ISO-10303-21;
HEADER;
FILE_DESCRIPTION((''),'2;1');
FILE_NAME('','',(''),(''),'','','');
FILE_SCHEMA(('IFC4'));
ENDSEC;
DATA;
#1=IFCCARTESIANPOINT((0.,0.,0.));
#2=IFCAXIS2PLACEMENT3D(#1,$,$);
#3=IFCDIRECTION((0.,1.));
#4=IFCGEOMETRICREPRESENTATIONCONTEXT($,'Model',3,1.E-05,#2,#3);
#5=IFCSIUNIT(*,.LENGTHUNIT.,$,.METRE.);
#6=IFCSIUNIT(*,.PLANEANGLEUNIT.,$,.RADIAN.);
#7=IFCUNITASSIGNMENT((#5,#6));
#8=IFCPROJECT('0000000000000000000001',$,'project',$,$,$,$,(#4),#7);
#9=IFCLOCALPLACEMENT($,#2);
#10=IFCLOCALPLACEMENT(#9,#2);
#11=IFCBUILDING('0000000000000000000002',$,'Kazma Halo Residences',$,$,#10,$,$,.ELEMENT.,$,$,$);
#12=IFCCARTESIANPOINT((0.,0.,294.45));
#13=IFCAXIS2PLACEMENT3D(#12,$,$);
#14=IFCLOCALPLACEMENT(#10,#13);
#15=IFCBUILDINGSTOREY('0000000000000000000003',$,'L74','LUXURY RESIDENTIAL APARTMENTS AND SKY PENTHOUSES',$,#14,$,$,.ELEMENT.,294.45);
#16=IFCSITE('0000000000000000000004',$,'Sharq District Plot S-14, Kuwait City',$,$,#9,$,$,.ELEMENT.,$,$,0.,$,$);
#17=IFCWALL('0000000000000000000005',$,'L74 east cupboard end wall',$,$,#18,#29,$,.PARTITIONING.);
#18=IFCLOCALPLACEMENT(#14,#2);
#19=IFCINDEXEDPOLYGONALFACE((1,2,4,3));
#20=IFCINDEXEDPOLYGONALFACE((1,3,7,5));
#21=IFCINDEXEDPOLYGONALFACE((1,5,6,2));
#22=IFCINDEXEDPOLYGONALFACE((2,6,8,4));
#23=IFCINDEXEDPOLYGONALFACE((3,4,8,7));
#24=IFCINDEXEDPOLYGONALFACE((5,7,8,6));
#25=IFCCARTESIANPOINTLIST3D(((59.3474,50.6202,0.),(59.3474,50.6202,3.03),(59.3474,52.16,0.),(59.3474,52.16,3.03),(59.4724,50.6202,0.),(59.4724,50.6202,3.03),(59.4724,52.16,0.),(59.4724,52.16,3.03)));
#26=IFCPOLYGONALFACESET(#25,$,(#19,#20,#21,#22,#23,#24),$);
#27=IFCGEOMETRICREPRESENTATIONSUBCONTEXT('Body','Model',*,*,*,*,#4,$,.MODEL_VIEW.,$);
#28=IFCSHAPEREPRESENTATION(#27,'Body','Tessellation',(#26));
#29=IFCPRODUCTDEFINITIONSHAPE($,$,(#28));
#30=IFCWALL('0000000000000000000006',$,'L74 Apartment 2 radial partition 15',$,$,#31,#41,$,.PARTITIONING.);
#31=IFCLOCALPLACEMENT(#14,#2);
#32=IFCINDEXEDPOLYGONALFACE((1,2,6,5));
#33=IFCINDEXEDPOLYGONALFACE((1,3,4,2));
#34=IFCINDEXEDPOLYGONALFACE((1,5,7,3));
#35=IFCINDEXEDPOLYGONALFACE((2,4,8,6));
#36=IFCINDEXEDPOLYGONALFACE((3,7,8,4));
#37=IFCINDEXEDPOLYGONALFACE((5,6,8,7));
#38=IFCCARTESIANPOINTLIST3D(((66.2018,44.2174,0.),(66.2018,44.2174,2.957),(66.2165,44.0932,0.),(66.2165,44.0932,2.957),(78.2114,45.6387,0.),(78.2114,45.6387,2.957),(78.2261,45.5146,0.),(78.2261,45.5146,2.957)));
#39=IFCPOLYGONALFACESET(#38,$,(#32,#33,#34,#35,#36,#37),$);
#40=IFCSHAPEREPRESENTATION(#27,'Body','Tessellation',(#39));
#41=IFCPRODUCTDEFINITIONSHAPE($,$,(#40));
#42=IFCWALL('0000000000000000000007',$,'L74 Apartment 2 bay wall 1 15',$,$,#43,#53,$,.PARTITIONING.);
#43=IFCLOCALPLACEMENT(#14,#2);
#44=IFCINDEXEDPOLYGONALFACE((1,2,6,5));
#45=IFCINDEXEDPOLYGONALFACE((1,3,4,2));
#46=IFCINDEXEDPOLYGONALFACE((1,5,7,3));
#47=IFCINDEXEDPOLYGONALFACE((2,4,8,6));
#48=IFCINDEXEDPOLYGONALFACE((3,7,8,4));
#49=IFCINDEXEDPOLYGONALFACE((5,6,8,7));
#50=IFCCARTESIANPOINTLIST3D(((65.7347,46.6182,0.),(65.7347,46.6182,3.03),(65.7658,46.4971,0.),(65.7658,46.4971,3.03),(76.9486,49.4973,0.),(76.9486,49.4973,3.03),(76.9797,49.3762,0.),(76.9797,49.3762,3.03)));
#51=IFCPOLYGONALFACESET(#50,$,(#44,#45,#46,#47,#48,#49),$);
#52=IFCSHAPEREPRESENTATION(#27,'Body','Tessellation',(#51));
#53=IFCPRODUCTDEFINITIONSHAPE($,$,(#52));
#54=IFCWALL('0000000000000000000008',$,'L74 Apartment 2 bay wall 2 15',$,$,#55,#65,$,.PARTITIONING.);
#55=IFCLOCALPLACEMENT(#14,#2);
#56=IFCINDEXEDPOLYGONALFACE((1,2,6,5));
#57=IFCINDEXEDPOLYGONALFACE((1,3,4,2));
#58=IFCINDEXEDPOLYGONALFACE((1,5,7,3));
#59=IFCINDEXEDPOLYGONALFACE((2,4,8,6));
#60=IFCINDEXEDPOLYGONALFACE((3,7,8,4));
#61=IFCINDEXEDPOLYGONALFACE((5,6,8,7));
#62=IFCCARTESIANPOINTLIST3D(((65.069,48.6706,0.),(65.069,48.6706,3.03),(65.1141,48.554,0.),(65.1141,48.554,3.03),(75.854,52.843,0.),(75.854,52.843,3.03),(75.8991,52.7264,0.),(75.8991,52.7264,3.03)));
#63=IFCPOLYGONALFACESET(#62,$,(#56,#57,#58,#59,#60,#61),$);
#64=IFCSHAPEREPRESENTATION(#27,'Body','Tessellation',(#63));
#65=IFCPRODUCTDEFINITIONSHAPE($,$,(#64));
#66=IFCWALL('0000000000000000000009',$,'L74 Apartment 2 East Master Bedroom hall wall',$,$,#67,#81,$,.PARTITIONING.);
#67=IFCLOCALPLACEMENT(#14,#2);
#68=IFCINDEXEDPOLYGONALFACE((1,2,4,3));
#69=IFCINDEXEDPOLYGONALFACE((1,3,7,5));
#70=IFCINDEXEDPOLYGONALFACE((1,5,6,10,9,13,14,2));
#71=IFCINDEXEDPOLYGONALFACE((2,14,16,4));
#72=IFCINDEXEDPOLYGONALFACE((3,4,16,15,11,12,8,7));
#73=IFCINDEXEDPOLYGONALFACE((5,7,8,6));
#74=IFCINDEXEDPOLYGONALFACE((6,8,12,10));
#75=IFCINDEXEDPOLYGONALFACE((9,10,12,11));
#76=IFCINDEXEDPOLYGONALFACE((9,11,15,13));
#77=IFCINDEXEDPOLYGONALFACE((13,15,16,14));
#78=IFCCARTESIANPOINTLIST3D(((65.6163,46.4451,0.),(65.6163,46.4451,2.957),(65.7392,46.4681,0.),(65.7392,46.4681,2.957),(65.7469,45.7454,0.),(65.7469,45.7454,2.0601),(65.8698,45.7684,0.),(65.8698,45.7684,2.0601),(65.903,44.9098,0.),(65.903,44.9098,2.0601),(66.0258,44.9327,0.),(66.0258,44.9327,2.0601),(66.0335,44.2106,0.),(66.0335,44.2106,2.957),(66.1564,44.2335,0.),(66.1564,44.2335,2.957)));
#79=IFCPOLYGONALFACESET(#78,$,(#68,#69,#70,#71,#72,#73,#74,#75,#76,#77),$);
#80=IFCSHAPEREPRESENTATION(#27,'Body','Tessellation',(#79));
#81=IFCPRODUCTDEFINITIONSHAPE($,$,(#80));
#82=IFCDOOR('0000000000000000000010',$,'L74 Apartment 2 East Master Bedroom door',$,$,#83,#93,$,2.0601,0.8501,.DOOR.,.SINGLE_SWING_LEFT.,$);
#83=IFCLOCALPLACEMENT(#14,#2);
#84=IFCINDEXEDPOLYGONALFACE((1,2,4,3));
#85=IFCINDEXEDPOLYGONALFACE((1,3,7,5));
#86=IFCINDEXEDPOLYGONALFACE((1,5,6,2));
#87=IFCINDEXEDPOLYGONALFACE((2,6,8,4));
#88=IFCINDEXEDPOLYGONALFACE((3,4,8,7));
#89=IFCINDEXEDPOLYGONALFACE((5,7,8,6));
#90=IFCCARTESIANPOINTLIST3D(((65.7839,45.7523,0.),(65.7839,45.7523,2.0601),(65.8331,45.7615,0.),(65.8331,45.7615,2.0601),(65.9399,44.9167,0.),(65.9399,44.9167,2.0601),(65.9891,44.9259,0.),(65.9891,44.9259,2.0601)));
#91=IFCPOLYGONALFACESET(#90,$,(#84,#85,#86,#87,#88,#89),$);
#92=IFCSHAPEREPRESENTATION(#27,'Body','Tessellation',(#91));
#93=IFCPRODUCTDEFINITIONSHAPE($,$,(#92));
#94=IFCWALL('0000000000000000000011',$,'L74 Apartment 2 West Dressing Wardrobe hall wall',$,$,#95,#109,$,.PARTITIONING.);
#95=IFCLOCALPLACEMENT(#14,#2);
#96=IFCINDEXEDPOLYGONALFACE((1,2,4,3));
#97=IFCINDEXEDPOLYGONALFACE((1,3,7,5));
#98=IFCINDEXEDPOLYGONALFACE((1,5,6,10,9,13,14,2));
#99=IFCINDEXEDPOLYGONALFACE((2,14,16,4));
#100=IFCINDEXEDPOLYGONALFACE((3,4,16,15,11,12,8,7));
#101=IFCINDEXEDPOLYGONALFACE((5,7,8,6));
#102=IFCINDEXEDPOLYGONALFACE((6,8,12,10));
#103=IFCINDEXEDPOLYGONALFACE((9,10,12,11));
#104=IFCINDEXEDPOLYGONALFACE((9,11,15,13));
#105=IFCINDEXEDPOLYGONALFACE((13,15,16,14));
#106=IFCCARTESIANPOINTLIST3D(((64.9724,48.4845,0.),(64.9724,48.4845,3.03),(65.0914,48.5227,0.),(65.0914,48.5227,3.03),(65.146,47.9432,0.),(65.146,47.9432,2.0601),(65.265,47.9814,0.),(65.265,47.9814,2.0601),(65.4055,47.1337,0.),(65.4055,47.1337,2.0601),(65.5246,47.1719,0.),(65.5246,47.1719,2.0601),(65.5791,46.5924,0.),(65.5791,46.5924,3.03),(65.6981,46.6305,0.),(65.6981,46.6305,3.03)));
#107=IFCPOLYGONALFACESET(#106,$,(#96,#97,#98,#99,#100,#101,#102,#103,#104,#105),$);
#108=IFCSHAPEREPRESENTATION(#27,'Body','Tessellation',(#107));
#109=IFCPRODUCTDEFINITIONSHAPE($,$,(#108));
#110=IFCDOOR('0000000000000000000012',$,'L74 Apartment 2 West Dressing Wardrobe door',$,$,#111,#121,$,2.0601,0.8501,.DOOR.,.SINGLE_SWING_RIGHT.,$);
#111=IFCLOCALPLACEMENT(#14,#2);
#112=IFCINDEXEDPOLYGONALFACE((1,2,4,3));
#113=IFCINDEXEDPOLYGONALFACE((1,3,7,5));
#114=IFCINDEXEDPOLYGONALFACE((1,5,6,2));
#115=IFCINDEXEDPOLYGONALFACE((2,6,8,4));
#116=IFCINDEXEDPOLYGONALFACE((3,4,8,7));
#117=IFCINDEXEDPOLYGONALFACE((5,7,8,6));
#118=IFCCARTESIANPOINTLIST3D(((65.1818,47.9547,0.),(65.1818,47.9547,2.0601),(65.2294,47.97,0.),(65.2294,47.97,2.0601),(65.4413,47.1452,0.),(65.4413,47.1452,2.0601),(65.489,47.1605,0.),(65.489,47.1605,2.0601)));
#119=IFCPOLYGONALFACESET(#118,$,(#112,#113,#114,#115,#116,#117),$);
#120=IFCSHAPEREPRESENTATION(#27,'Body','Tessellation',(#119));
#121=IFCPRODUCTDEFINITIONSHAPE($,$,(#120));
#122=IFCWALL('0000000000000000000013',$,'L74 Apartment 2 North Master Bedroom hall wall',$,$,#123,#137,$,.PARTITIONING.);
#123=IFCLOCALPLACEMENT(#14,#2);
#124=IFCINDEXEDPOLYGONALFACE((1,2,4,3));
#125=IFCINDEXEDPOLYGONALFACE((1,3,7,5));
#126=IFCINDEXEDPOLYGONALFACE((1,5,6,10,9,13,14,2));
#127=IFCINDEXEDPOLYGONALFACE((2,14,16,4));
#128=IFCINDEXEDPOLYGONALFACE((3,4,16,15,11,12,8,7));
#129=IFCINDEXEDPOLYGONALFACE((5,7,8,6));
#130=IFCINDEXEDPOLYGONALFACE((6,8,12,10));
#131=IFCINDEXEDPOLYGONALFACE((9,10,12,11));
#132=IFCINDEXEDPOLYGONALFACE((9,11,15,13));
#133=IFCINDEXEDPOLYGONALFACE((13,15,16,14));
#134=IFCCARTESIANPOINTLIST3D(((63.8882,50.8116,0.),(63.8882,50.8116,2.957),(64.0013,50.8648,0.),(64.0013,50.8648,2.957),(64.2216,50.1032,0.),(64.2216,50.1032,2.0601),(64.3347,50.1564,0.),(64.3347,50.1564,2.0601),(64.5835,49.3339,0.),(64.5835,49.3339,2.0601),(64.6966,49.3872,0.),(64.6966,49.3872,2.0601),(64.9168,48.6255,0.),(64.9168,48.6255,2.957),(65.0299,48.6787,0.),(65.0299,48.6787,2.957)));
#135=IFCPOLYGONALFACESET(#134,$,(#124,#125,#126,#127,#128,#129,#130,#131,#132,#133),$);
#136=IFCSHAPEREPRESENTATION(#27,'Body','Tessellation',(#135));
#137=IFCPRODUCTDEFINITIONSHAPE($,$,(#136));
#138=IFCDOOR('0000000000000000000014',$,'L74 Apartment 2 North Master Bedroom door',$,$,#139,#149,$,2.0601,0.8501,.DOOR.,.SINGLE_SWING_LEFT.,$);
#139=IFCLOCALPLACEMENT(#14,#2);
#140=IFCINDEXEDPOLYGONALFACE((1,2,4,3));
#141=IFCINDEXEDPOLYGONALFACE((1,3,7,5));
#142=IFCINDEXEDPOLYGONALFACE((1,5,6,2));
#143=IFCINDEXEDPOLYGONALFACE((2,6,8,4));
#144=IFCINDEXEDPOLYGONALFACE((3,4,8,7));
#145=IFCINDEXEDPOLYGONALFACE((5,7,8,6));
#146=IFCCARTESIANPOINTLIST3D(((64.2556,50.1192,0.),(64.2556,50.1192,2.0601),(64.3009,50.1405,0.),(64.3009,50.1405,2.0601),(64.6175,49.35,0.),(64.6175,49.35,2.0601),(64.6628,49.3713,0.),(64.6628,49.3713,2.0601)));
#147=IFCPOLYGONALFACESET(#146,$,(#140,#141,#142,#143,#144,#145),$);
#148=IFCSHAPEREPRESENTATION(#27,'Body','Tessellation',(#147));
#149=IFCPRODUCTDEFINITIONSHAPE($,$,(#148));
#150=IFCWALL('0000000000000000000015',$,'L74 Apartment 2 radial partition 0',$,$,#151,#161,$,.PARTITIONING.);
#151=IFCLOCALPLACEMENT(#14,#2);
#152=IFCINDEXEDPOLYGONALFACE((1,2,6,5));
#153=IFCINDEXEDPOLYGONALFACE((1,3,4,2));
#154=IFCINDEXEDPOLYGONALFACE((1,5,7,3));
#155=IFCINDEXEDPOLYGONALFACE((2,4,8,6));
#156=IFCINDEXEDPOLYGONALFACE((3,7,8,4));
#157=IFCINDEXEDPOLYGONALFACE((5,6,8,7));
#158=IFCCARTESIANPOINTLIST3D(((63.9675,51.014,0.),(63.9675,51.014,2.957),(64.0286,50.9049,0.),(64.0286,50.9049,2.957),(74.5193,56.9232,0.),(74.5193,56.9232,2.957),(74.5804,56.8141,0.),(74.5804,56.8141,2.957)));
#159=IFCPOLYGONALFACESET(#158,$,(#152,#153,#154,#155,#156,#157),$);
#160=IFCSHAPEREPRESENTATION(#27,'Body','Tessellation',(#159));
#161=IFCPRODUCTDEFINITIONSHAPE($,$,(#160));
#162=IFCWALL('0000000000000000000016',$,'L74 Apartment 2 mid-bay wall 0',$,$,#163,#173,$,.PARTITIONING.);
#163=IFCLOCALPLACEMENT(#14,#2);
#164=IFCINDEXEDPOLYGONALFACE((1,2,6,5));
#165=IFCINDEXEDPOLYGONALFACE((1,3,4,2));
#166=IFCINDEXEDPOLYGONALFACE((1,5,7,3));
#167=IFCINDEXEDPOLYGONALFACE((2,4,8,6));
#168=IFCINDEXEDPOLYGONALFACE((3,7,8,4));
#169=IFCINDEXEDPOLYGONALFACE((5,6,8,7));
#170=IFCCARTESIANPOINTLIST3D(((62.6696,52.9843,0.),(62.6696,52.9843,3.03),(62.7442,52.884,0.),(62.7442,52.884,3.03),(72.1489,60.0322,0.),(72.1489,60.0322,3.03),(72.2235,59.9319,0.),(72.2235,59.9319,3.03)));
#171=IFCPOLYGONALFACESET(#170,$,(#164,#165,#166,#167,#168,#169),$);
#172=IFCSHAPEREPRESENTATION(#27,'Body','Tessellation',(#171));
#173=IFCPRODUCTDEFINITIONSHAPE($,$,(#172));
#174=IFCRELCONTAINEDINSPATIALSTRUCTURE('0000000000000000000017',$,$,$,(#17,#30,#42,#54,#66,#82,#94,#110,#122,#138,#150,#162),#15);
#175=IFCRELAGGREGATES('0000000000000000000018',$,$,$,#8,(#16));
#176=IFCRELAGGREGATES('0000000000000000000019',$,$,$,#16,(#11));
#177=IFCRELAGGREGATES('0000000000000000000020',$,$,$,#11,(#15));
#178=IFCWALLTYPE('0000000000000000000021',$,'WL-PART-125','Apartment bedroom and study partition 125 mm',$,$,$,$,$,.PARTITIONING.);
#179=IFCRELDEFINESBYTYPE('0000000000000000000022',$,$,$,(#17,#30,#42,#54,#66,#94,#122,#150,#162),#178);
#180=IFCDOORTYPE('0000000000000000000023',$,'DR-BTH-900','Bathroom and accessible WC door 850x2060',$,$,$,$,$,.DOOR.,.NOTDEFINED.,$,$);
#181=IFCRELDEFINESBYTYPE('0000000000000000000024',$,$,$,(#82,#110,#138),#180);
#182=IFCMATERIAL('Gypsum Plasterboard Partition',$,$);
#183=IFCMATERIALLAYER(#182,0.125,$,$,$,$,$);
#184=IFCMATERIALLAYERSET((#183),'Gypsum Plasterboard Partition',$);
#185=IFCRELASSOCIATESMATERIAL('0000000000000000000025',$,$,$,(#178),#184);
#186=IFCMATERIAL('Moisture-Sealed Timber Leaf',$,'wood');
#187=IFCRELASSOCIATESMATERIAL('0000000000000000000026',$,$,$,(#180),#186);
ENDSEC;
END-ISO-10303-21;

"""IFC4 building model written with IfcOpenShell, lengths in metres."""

from ifc_helpers import new_model, si_unit, direction, frame, frame_2d, origin, place, context, subcontext, project, spatial, rectangle, extrude, material, layer, layer_set, type_object, element, fill, save


model = new_model("IFC4")

# Units and contexts
model_context = context("Model", 3, precision=1e-05, world=origin(), true_north=direction((0.0, 1.0)))
body_context = subcontext(model_context, "Body", "Model", "MODEL_VIEW")
ifc_project = project(units=[si_unit("LENGTHUNIT", "METRE"), si_unit("PLANEANGLEUNIT", "RADIAN")], contexts=[model_context])

# Site, building, storey
site_placement = place(None, origin())
site = spatial("IfcSite", under=ifc_project, at=site_placement, Name="Sharq District Plot S-14, Kuwait City", CompositionType="ELEMENT", RefElevation=0.0)
building_placement = place(site_placement, origin())
building = spatial("IfcBuilding", under=site, at=building_placement, Name="Kazma Halo Residences", CompositionType="ELEMENT")
storey_placement = place(building_placement, frame((0.0, 0.0, 294.45)))
storey = spatial("IfcBuildingStorey", under=building, at=storey_placement, Name="L74", Description="LUXURY RESIDENTIAL APARTMENTS AND SKY PENTHOUSES", CompositionType="ELEMENT", Elevation=294.45)

# Walls
ifc_material_1 = material(Name="Gypsum Plasterboard Partition")
ifc_layer_1 = layer(ifc_material_1, 0.125)
ifc_layer_set_1 = layer_set([ifc_layer_1], Name="Gypsum Plasterboard Partition")
wall_type_1 = type_object("IfcWallType", Name="WL-PART-125", Description="Apartment bedroom and study partition 125 mm", PredefinedType="PARTITIONING", material=ifc_layer_set_1)
wall_1_placement = place(storey_placement, frame((59.4099, 50.6201, 0.0), z_axis=(0.0, 0.0, 1.0), x_axis=(0.0, 1.0, 0.0)))
element("IfcWall", 1, at=wall_1_placement, inside=storey, type_object=wall_type_1, Name="L74 east cupboard end wall", PredefinedType="PARTITIONING", context=body_context, shape_type="SweptSolid", body=[
    extrude(rectangle(XDim=1.5398, YDim=0.125, at=frame_2d((0.77, 0.0))), origin(), (0.0, 0.0, 1.0), 3.03),
])
wall_2_placement = place(storey_placement, frame((66.209, 44.1553, 0.0), z_axis=(0.0, 0.0, 1.0), x_axis=(0.993069, 0.117532, 0.0)))
element("IfcWall", 2, at=wall_2_placement, inside=storey, type_object=wall_type_1, Name="L74 Apartment 2 radial partition 15", PredefinedType="PARTITIONING", context=body_context, shape_type="SweptSolid", body=[
    extrude(rectangle(XDim=12.0935, YDim=0.125, at=frame_2d((6.0469, 0.0))), origin(), (0.0, 0.0, 1.0), 2.957),
])
wall_3_placement = place(storey_placement, frame((65.7502, 46.5576, 0.0), z_axis=(0.0, 0.0, 1.0), x_axis=(0.968585, 0.248683, 0.0)))
element("IfcWall", 3, at=wall_3_placement, inside=storey, type_object=wall_type_1, Name="L74 Apartment 2 bay wall 1 15", PredefinedType="PARTITIONING", context=body_context, shape_type="SweptSolid", body=[
    extrude(rectangle(XDim=11.5776, YDim=0.125, at=frame_2d((5.7888, 0.0))), origin(), (0.0, 0.0, 1.0), 3.03),
])
wall_4_placement = place(storey_placement, frame((65.0916, 48.6123, 0.0), z_axis=(0.0, 0.0, 1.0), x_axis=(0.932639, 0.36081, 0.0)))
element("IfcWall", 4, at=wall_4_placement, inside=storey, type_object=wall_type_1, Name="L74 Apartment 2 bay wall 2 15", PredefinedType="PARTITIONING", context=body_context, shape_type="SweptSolid", body=[
    extrude(rectangle(XDim=11.564, YDim=0.125, at=frame_2d((5.782, 0.0))), origin(), (0.0, 0.0, 1.0), 3.03),
])

# Walls, openings, doors
wall_5_placement = place(storey_placement, frame((66.095, 44.2219, 0.0), z_axis=(0.0, 0.0, 1.0), x_axis=(-0.183543, 0.983012, 0.0)))
wall_5 = element("IfcWall", 5, at=wall_5_placement, inside=storey, type_object=wall_type_1, Name="L74 Apartment 2 East Master Bedroom hall wall", PredefinedType="PARTITIONING", context=body_context, shape_type="SweptSolid", body=[
    extrude(rectangle(XDim=2.2732, YDim=0.125, at=frame_2d((1.1367, 0.0))), origin(), (0.0, 0.0, 1.0), 2.957),
])
opening_1_placement = place(wall_5_placement, frame((0.7114, 0.0, 0.0)))
opening_1 = element("IfcOpeningElement", 6, at=opening_1_placement, cuts=wall_5, PredefinedType="OPENING", context=body_context, shape_type="SweptSolid", body=[
    extrude(rectangle(XDim=0.8501, YDim=2.0601, at=frame_2d((0.425, 1.03))), frame((0.0, 0.0725, 0.0), z_axis=(0.0, -1.0, 0.0), x_axis=(1.0, 0.0, 0.0)), (0.0, 0.0, 1.0), 0.145),
])
ifc_material_2 = material(Name="Moisture-Sealed Timber Leaf", Category="wood")
door_type_1 = type_object("IfcDoorType", Name="DR-BTH-900", Description="Bathroom and accessible WC door 850x2060", OperationType="NOTDEFINED", PredefinedType="DOOR", material=ifc_material_2)
door_1_placement = place(opening_1_placement, origin())
door_1 = element("IfcDoor", 7, at=door_1_placement, inside=storey, type_object=door_type_1, Name="L74 Apartment 2 East Master Bedroom door", OperationType="SINGLE_SWING_LEFT", OverallHeight=2.0601, OverallWidth=0.8501, PredefinedType="DOOR", context=body_context, shape_type="SweptSolid", body=[
    extrude(rectangle(XDim=0.8501, YDim=2.0601, at=frame_2d((0.425, 1.03))), frame((0.0, 0.0249, 0.0), z_axis=(0.0, -1.0, 0.0), x_axis=(1.0, 0.0, 0.0)), (0.0, 0.0, 1.0), 0.05),
])
fill(opening_1, door_1)
wall_6_placement = place(storey_placement, frame((65.6387, 46.6113, 0.0), z_axis=(0.0, 0.0, 1.0), x_axis=(-0.305333, 0.952246, 0.0)))
wall_6 = element("IfcWall", 8, at=wall_6_placement, inside=storey, type_object=wall_type_1, Name="L74 Apartment 2 West Dressing Wardrobe hall wall", PredefinedType="PARTITIONING", context=body_context, shape_type="SweptSolid", body=[
    extrude(rectangle(XDim=1.9871, YDim=0.125, at=frame_2d((0.9937, 0.0))), origin(), (0.0, 0.0, 1.0), 3.03),
])
opening_2_placement = place(wall_6_placement, frame((0.5686, 0.0, 0.0)))
opening_2 = element("IfcOpeningElement", 9, at=opening_2_placement, cuts=wall_6, PredefinedType="OPENING", context=body_context, shape_type="SweptSolid", body=[
    extrude(rectangle(XDim=0.8501, YDim=2.0601, at=frame_2d((0.425, 1.03))), frame((0.0, 0.0725, 0.0), z_axis=(0.0, -1.0, 0.0), x_axis=(1.0, 0.0, 0.0)), (0.0, 0.0, 1.0), 0.145),
])
door_2_placement = place(opening_2_placement, origin())
door_2 = element("IfcDoor", 10, at=door_2_placement, inside=storey, type_object=door_type_1, Name="L74 Apartment 2 West Dressing Wardrobe door", OperationType="SINGLE_SWING_RIGHT", OverallHeight=2.0601, OverallWidth=0.8501, PredefinedType="DOOR", context=body_context, shape_type="SweptSolid", body=[
    extrude(rectangle(XDim=0.8501, YDim=2.0601, at=frame_2d((0.425, 1.03))), frame((0.0, 0.0249, 0.0), z_axis=(0.0, -1.0, 0.0), x_axis=(1.0, 0.0, 0.0)), (0.0, 0.0, 1.0), 0.05),
])
fill(opening_2, door_2)
wall_7_placement = place(storey_placement, frame((64.9734, 48.6521, 0.0), z_axis=(0.0, 0.0, 1.0), x_axis=(-0.425744, 0.904844, 0.0)))
wall_7 = element("IfcWall", 11, at=wall_7_placement, inside=storey, type_object=wall_type_1, Name="L74 Apartment 2 North Master Bedroom hall wall", PredefinedType="PARTITIONING", context=body_context, shape_type="SweptSolid", body=[
    extrude(rectangle(XDim=2.416, YDim=0.125, at=frame_2d((1.208, 0.0))), origin(), (0.0, 0.0, 1.0), 2.957),
])
opening_3_placement = place(wall_7_placement, frame((0.783, 0.0, 0.0)))
opening_3 = element("IfcOpeningElement", 12, at=opening_3_placement, cuts=wall_7, PredefinedType="OPENING", context=body_context, shape_type="SweptSolid", body=[
    extrude(rectangle(XDim=0.8501, YDim=2.0601, at=frame_2d((0.425, 1.03))), frame((0.0, 0.0725, 0.0), z_axis=(0.0, -1.0, 0.0), x_axis=(1.0, 0.0, 0.0)), (0.0, 0.0, 1.0), 0.145),
])
door_3_placement = place(opening_3_placement, origin())
door_3 = element("IfcDoor", 13, at=door_3_placement, inside=storey, type_object=door_type_1, Name="L74 Apartment 2 North Master Bedroom door", OperationType="SINGLE_SWING_LEFT", OverallHeight=2.0601, OverallWidth=0.8501, PredefinedType="DOOR", context=body_context, shape_type="SweptSolid", body=[
    extrude(rectangle(XDim=0.8501, YDim=2.0601, at=frame_2d((0.425, 1.03))), frame((0.0, 0.0249, 0.0), z_axis=(0.0, -1.0, 0.0), x_axis=(1.0, 0.0, 0.0)), (0.0, 0.0, 1.0), 0.05),
])
fill(opening_3, door_3)

# Walls
wall_8_placement = place(storey_placement, frame((63.998, 50.9595, 0.0), z_axis=(0.0, 0.0, 1.0), x_axis=(0.872499, 0.488616, 0.0)))
element("IfcWall", 14, at=wall_8_placement, inside=storey, type_object=wall_type_1, Name="L74 Apartment 2 radial partition 0", PredefinedType="PARTITIONING", context=body_context, shape_type="SweptSolid", body=[
    extrude(rectangle(XDim=12.0938, YDim=0.125, at=frame_2d((6.0469, 0.0))), origin(), (0.0, 0.0, 1.0), 2.957),
])
wall_9_placement = place(storey_placement, frame((62.7068, 52.9341, 0.0), z_axis=(0.0, 0.0, 1.0), x_axis=(0.802496, 0.596658, 0.0)))
element("IfcWall", 15, at=wall_9_placement, inside=storey, type_object=wall_type_1, Name="L74 Apartment 2 mid-bay wall 0", PredefinedType="PARTITIONING", context=body_context, shape_type="SweptSolid", body=[
    extrude(rectangle(XDim=11.8123, YDim=0.125, at=frame_2d((5.9062, 0.0))), origin(), (0.0, 0.0, 1.0), 3.03),
])

save(model, "model.ifc")
